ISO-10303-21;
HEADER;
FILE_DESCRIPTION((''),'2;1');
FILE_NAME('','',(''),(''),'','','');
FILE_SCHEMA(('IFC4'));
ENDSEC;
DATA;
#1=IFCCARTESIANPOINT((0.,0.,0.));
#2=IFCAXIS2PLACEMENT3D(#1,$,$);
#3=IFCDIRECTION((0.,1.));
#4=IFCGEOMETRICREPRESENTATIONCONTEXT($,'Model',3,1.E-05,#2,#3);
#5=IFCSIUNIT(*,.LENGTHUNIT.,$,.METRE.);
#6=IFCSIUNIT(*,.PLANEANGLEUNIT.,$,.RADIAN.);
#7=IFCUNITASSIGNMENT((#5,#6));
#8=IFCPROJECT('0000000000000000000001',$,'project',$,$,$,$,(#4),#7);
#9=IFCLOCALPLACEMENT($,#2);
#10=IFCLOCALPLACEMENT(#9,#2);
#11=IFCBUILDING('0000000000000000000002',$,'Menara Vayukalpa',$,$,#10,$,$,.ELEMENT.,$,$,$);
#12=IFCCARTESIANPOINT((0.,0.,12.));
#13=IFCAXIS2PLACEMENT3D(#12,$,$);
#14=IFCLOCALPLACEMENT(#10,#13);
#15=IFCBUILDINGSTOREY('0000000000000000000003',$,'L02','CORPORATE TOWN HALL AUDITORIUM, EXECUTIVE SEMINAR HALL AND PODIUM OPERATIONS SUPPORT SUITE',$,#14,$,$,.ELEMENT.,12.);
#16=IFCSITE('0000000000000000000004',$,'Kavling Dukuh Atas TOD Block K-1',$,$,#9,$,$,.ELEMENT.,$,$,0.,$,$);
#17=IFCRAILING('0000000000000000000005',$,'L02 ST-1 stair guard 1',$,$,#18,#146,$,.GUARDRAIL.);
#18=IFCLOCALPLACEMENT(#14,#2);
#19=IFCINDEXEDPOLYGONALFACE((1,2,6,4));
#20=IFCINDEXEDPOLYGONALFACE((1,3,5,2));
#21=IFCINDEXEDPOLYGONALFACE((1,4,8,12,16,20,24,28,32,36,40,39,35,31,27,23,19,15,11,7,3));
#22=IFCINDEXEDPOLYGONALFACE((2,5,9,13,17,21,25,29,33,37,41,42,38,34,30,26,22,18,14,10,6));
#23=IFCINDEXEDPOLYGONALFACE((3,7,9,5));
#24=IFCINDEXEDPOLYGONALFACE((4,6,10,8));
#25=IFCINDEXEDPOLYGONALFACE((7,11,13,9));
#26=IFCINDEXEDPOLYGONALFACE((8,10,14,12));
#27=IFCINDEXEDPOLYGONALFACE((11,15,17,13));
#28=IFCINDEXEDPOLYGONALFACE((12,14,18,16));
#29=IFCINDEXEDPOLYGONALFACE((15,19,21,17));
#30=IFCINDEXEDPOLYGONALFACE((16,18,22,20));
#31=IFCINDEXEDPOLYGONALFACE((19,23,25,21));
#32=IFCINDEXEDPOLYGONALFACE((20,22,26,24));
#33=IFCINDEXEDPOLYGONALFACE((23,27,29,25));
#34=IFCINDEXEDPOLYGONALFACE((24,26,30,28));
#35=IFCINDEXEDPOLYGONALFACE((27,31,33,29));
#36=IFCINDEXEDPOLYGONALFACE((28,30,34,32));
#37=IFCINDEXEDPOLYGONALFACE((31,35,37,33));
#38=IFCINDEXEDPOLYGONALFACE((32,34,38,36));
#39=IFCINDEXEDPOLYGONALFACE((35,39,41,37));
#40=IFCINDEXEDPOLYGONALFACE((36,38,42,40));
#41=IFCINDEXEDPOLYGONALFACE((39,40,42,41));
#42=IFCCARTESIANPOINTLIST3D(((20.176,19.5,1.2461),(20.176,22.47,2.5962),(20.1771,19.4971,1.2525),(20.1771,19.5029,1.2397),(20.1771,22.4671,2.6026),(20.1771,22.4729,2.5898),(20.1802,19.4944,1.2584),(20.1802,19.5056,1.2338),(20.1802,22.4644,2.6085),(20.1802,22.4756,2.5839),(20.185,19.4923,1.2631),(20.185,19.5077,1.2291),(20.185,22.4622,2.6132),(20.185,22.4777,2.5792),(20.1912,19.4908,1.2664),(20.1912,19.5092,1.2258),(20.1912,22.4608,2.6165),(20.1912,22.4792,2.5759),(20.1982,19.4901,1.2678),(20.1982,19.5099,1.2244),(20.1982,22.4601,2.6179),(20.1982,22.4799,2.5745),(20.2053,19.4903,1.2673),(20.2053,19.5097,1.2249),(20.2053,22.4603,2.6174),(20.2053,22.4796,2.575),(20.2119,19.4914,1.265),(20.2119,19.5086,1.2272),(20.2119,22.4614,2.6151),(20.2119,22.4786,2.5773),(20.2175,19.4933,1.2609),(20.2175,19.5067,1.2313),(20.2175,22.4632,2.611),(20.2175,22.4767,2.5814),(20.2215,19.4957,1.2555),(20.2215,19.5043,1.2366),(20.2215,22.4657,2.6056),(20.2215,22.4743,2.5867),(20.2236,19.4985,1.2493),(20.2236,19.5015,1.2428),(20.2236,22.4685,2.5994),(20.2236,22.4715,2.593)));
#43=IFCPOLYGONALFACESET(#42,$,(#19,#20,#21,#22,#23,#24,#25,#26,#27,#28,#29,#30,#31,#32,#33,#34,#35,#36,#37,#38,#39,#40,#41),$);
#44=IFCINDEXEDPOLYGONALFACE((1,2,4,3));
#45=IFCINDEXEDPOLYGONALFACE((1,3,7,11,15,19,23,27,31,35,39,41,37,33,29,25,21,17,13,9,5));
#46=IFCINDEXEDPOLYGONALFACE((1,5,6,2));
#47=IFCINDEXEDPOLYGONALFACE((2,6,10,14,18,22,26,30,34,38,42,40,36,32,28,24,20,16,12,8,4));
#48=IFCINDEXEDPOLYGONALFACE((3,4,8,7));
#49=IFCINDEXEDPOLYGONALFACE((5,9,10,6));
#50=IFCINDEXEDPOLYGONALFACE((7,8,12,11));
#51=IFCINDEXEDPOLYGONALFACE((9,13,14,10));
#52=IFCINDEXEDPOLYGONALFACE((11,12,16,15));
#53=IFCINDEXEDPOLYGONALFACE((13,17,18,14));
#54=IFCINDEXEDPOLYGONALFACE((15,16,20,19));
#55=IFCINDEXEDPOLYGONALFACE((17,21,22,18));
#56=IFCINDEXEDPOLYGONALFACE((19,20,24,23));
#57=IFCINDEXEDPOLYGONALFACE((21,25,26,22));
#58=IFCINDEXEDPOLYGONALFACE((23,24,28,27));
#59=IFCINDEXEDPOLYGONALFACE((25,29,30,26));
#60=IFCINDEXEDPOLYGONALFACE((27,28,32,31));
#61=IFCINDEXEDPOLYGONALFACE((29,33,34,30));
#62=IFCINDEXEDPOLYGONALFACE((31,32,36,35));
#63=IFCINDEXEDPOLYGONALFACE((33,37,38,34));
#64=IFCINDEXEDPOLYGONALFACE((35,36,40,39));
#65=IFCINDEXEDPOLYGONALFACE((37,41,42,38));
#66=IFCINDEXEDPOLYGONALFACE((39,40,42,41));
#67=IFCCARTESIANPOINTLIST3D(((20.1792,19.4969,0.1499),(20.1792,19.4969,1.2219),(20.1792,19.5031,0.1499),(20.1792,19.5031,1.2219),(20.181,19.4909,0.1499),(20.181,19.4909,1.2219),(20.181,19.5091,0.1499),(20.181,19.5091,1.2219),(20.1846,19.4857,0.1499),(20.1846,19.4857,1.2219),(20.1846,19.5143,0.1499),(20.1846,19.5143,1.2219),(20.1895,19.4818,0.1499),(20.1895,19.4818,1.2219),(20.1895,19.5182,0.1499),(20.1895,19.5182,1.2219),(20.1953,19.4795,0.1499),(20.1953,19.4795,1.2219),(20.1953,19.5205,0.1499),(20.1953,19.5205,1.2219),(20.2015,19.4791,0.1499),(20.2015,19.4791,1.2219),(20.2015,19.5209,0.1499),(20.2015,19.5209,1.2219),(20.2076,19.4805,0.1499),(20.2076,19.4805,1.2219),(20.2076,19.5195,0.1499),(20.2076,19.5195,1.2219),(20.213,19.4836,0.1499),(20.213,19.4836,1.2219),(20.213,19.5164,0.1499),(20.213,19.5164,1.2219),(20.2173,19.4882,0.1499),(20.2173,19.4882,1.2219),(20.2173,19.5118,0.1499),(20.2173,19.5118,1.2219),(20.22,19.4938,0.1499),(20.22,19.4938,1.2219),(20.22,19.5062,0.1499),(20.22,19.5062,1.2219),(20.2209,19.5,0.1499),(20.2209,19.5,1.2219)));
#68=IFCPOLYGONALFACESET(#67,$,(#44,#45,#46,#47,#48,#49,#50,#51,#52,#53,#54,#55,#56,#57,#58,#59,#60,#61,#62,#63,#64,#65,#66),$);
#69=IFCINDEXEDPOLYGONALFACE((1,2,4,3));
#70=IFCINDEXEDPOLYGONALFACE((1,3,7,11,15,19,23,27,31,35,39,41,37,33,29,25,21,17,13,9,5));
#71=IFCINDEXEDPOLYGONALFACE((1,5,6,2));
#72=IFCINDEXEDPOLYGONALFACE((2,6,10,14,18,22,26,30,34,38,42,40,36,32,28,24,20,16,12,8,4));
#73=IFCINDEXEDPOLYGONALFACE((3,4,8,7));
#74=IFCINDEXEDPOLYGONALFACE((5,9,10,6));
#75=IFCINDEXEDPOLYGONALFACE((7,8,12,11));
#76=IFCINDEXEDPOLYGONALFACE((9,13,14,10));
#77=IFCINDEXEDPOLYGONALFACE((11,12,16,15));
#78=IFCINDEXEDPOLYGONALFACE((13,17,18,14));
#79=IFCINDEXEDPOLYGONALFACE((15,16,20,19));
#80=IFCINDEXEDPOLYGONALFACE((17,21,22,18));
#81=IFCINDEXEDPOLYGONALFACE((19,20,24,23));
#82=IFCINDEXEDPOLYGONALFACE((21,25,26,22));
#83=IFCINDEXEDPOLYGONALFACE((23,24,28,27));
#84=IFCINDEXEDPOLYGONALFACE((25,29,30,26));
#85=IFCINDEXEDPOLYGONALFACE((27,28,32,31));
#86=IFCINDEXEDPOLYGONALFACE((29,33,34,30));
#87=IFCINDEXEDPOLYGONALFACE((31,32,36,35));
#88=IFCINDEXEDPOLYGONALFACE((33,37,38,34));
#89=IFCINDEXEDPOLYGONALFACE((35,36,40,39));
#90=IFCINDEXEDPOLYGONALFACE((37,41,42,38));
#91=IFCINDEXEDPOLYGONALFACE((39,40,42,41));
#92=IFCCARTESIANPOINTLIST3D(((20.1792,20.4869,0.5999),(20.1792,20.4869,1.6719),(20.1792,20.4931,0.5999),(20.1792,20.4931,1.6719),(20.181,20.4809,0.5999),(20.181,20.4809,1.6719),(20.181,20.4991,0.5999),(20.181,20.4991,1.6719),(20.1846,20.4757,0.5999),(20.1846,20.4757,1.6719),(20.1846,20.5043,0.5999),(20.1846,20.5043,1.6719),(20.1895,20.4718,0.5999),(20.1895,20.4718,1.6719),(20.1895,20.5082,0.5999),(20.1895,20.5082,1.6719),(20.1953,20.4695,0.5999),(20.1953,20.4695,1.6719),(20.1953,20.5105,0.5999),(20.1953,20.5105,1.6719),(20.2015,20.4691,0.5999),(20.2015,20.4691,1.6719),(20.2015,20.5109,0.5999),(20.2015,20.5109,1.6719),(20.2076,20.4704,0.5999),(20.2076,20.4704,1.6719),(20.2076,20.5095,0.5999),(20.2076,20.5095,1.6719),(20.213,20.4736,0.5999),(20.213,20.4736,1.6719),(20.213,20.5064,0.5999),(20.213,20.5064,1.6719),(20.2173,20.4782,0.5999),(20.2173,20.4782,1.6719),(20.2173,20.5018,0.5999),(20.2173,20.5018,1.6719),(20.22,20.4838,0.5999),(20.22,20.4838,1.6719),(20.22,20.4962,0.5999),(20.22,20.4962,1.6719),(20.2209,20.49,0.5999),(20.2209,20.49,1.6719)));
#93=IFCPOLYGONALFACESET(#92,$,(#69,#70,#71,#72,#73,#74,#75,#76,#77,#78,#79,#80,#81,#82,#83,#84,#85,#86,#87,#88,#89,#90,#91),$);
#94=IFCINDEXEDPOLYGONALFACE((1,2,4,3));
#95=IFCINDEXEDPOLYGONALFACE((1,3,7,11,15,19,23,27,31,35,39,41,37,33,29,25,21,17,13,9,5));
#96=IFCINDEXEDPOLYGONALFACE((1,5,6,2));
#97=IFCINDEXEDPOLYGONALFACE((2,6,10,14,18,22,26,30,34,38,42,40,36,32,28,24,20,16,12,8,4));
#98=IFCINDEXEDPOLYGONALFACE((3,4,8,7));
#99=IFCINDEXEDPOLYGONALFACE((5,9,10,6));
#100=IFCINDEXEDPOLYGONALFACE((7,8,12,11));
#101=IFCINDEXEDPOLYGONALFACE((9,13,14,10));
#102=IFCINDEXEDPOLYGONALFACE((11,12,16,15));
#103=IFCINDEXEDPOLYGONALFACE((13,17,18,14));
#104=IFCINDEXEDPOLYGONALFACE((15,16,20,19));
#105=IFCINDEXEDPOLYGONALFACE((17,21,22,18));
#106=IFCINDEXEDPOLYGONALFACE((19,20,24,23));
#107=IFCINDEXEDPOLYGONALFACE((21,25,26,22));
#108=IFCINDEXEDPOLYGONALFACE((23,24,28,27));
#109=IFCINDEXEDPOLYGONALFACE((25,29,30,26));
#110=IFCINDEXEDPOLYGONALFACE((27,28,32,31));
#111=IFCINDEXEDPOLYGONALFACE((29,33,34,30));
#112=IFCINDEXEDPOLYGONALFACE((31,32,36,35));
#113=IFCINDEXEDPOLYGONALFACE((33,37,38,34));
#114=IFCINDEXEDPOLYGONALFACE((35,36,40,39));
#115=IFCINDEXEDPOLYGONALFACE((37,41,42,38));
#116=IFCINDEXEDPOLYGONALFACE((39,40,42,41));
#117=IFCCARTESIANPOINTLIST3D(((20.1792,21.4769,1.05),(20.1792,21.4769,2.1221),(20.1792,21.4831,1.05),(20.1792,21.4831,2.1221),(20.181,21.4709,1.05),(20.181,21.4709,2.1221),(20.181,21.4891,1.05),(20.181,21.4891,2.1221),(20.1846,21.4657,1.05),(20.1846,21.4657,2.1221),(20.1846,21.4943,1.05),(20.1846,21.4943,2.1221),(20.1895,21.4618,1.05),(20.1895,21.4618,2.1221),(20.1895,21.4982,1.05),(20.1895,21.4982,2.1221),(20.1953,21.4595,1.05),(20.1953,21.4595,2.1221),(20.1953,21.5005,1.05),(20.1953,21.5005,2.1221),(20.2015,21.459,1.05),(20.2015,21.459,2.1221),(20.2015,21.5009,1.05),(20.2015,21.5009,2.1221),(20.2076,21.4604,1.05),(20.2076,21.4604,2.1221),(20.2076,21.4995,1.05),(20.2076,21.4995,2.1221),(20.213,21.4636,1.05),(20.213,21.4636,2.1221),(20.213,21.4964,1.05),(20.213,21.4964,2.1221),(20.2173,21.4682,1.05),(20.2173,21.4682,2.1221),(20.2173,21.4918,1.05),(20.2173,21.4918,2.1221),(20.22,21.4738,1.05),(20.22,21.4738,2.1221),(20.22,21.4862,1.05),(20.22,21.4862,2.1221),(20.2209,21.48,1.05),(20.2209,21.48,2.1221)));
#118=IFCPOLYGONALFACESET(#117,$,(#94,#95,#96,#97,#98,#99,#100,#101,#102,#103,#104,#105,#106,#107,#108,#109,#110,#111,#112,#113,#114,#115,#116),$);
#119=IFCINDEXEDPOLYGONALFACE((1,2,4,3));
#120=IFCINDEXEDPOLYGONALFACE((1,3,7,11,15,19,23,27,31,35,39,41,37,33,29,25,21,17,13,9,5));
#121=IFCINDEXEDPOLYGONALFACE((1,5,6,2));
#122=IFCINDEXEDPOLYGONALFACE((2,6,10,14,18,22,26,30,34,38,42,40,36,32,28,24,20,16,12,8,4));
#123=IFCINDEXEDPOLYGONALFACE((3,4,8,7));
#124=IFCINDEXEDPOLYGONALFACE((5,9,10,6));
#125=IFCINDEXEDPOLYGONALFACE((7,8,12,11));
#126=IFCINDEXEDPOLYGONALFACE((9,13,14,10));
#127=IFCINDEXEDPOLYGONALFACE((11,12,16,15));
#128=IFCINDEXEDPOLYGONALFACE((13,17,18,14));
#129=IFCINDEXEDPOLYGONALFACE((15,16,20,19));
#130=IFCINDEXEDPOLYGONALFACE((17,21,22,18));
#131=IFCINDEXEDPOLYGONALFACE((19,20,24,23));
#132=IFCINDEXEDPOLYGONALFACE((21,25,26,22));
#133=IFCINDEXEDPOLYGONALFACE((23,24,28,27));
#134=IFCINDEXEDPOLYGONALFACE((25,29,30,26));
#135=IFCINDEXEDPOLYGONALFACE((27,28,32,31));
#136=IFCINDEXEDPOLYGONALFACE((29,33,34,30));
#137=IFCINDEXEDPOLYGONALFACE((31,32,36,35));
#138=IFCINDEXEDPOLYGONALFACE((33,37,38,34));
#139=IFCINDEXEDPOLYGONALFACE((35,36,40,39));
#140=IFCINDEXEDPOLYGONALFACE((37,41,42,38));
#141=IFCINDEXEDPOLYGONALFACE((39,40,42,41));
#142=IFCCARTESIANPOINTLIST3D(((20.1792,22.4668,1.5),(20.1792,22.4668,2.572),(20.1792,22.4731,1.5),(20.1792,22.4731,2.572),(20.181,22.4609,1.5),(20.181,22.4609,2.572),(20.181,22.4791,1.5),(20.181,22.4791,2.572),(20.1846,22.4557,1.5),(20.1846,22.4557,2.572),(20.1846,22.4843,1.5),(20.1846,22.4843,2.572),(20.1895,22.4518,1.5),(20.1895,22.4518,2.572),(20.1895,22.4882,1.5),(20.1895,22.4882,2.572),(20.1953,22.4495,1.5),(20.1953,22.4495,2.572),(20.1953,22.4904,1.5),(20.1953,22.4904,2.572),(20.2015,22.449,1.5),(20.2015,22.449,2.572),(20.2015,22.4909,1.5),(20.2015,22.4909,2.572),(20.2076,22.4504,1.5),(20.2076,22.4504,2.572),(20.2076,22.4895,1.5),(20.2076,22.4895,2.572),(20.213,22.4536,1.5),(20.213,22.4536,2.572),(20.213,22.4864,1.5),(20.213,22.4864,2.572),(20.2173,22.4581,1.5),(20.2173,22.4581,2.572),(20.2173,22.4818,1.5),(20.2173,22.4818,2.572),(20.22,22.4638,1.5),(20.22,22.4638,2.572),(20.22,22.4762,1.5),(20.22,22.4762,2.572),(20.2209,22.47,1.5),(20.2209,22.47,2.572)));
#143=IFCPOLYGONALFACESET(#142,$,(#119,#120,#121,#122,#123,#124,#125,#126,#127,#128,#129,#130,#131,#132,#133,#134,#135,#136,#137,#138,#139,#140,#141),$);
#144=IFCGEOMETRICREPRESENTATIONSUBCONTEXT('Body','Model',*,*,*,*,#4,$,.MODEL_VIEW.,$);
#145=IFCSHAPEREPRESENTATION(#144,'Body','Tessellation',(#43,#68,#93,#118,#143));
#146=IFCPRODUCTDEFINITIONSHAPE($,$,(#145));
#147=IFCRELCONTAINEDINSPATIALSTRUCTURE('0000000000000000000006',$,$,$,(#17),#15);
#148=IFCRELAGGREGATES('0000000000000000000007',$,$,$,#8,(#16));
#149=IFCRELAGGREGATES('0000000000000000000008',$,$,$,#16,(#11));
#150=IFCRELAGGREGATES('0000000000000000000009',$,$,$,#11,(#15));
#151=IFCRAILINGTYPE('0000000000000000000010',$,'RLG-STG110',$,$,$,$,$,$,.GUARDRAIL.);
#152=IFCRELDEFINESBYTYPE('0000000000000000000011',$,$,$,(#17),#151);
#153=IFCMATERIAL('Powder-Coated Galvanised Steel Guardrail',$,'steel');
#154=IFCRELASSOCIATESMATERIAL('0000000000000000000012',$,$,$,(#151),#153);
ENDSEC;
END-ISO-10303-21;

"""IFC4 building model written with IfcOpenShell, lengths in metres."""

from ifc_helpers import new_model, si_unit, direction, frame, origin, origin_2d, place, context, subcontext, project, spatial, circle, extrude, material, type_object, element, save


model = new_model("IFC4")

# Units and contexts
model_context = context("Model", 3, precision=1e-05, world=origin(), true_north=direction((0.0, 1.0)))
body_context = subcontext(model_context, "Body", "Model", "MODEL_VIEW")
ifc_project = project(units=[si_unit("LENGTHUNIT", "METRE"), si_unit("PLANEANGLEUNIT", "RADIAN")], contexts=[model_context])

# Site, building, storey
site_placement = place(None, origin())
site = spatial("IfcSite", under=ifc_project, at=site_placement, Name="Kavling Dukuh Atas TOD Block K-1", CompositionType="ELEMENT", RefElevation=0.0)
building_placement = place(site_placement, origin())
building = spatial("IfcBuilding", under=site, at=building_placement, Name="Menara Vayukalpa", CompositionType="ELEMENT")
storey_placement = place(building_placement, frame((0.0, 0.0, 12.0)))
storey = spatial("IfcBuildingStorey", under=building, at=storey_placement, Name="L02", Description="CORPORATE TOWN HALL AUDITORIUM, EXECUTIVE SEMINAR HALL AND PODIUM OPERATIONS SUPPORT SUITE", CompositionType="ELEMENT", Elevation=12.0)

# Railing
ifc_material_1 = material(Name="Powder-Coated Galvanised Steel Guardrail", Category="steel")
railing_type = type_object("IfcRailingType", Name="RLG-STG110", PredefinedType="GUARDRAIL", material=ifc_material_1)
railing_1_placement = place(storey_placement, frame((20.2, 19.5, 0.1499)))
element("IfcRailing", 1, at=railing_1_placement, inside=storey, type_object=railing_type, Name="L02 ST-1 stair guard 1", PredefinedType="GUARDRAIL", context=body_context, shape_type="SweptSolid", body=[
    extrude(circle(Radius=0.0239, at=origin_2d()), frame((0.0, 0.0, 1.0962), z_axis=(0.0, 0.910354, 0.413831), x_axis=(-1.0, 0.0, 0.0)), (0.0, 0.0, 1.0), 3.2625),
    extrude(circle(Radius=0.021, at=origin_2d()), origin(), (0.0, 0.0, 1.0), 1.072),
    extrude(circle(Radius=0.021, at=origin_2d()), frame((0.0, 0.99, 0.45)), (0.0, 0.0, 1.0), 1.072),
    extrude(circle(Radius=0.021, at=origin_2d()), frame((0.0, 1.98, 0.9001)), (0.0, 0.0, 1.0), 1.072),
    extrude(circle(Radius=0.021, at=origin_2d()), frame((0.0, 2.97, 1.3501)), (0.0, 0.0, 1.0), 1.072),
])

save(model, "model.ifc")
